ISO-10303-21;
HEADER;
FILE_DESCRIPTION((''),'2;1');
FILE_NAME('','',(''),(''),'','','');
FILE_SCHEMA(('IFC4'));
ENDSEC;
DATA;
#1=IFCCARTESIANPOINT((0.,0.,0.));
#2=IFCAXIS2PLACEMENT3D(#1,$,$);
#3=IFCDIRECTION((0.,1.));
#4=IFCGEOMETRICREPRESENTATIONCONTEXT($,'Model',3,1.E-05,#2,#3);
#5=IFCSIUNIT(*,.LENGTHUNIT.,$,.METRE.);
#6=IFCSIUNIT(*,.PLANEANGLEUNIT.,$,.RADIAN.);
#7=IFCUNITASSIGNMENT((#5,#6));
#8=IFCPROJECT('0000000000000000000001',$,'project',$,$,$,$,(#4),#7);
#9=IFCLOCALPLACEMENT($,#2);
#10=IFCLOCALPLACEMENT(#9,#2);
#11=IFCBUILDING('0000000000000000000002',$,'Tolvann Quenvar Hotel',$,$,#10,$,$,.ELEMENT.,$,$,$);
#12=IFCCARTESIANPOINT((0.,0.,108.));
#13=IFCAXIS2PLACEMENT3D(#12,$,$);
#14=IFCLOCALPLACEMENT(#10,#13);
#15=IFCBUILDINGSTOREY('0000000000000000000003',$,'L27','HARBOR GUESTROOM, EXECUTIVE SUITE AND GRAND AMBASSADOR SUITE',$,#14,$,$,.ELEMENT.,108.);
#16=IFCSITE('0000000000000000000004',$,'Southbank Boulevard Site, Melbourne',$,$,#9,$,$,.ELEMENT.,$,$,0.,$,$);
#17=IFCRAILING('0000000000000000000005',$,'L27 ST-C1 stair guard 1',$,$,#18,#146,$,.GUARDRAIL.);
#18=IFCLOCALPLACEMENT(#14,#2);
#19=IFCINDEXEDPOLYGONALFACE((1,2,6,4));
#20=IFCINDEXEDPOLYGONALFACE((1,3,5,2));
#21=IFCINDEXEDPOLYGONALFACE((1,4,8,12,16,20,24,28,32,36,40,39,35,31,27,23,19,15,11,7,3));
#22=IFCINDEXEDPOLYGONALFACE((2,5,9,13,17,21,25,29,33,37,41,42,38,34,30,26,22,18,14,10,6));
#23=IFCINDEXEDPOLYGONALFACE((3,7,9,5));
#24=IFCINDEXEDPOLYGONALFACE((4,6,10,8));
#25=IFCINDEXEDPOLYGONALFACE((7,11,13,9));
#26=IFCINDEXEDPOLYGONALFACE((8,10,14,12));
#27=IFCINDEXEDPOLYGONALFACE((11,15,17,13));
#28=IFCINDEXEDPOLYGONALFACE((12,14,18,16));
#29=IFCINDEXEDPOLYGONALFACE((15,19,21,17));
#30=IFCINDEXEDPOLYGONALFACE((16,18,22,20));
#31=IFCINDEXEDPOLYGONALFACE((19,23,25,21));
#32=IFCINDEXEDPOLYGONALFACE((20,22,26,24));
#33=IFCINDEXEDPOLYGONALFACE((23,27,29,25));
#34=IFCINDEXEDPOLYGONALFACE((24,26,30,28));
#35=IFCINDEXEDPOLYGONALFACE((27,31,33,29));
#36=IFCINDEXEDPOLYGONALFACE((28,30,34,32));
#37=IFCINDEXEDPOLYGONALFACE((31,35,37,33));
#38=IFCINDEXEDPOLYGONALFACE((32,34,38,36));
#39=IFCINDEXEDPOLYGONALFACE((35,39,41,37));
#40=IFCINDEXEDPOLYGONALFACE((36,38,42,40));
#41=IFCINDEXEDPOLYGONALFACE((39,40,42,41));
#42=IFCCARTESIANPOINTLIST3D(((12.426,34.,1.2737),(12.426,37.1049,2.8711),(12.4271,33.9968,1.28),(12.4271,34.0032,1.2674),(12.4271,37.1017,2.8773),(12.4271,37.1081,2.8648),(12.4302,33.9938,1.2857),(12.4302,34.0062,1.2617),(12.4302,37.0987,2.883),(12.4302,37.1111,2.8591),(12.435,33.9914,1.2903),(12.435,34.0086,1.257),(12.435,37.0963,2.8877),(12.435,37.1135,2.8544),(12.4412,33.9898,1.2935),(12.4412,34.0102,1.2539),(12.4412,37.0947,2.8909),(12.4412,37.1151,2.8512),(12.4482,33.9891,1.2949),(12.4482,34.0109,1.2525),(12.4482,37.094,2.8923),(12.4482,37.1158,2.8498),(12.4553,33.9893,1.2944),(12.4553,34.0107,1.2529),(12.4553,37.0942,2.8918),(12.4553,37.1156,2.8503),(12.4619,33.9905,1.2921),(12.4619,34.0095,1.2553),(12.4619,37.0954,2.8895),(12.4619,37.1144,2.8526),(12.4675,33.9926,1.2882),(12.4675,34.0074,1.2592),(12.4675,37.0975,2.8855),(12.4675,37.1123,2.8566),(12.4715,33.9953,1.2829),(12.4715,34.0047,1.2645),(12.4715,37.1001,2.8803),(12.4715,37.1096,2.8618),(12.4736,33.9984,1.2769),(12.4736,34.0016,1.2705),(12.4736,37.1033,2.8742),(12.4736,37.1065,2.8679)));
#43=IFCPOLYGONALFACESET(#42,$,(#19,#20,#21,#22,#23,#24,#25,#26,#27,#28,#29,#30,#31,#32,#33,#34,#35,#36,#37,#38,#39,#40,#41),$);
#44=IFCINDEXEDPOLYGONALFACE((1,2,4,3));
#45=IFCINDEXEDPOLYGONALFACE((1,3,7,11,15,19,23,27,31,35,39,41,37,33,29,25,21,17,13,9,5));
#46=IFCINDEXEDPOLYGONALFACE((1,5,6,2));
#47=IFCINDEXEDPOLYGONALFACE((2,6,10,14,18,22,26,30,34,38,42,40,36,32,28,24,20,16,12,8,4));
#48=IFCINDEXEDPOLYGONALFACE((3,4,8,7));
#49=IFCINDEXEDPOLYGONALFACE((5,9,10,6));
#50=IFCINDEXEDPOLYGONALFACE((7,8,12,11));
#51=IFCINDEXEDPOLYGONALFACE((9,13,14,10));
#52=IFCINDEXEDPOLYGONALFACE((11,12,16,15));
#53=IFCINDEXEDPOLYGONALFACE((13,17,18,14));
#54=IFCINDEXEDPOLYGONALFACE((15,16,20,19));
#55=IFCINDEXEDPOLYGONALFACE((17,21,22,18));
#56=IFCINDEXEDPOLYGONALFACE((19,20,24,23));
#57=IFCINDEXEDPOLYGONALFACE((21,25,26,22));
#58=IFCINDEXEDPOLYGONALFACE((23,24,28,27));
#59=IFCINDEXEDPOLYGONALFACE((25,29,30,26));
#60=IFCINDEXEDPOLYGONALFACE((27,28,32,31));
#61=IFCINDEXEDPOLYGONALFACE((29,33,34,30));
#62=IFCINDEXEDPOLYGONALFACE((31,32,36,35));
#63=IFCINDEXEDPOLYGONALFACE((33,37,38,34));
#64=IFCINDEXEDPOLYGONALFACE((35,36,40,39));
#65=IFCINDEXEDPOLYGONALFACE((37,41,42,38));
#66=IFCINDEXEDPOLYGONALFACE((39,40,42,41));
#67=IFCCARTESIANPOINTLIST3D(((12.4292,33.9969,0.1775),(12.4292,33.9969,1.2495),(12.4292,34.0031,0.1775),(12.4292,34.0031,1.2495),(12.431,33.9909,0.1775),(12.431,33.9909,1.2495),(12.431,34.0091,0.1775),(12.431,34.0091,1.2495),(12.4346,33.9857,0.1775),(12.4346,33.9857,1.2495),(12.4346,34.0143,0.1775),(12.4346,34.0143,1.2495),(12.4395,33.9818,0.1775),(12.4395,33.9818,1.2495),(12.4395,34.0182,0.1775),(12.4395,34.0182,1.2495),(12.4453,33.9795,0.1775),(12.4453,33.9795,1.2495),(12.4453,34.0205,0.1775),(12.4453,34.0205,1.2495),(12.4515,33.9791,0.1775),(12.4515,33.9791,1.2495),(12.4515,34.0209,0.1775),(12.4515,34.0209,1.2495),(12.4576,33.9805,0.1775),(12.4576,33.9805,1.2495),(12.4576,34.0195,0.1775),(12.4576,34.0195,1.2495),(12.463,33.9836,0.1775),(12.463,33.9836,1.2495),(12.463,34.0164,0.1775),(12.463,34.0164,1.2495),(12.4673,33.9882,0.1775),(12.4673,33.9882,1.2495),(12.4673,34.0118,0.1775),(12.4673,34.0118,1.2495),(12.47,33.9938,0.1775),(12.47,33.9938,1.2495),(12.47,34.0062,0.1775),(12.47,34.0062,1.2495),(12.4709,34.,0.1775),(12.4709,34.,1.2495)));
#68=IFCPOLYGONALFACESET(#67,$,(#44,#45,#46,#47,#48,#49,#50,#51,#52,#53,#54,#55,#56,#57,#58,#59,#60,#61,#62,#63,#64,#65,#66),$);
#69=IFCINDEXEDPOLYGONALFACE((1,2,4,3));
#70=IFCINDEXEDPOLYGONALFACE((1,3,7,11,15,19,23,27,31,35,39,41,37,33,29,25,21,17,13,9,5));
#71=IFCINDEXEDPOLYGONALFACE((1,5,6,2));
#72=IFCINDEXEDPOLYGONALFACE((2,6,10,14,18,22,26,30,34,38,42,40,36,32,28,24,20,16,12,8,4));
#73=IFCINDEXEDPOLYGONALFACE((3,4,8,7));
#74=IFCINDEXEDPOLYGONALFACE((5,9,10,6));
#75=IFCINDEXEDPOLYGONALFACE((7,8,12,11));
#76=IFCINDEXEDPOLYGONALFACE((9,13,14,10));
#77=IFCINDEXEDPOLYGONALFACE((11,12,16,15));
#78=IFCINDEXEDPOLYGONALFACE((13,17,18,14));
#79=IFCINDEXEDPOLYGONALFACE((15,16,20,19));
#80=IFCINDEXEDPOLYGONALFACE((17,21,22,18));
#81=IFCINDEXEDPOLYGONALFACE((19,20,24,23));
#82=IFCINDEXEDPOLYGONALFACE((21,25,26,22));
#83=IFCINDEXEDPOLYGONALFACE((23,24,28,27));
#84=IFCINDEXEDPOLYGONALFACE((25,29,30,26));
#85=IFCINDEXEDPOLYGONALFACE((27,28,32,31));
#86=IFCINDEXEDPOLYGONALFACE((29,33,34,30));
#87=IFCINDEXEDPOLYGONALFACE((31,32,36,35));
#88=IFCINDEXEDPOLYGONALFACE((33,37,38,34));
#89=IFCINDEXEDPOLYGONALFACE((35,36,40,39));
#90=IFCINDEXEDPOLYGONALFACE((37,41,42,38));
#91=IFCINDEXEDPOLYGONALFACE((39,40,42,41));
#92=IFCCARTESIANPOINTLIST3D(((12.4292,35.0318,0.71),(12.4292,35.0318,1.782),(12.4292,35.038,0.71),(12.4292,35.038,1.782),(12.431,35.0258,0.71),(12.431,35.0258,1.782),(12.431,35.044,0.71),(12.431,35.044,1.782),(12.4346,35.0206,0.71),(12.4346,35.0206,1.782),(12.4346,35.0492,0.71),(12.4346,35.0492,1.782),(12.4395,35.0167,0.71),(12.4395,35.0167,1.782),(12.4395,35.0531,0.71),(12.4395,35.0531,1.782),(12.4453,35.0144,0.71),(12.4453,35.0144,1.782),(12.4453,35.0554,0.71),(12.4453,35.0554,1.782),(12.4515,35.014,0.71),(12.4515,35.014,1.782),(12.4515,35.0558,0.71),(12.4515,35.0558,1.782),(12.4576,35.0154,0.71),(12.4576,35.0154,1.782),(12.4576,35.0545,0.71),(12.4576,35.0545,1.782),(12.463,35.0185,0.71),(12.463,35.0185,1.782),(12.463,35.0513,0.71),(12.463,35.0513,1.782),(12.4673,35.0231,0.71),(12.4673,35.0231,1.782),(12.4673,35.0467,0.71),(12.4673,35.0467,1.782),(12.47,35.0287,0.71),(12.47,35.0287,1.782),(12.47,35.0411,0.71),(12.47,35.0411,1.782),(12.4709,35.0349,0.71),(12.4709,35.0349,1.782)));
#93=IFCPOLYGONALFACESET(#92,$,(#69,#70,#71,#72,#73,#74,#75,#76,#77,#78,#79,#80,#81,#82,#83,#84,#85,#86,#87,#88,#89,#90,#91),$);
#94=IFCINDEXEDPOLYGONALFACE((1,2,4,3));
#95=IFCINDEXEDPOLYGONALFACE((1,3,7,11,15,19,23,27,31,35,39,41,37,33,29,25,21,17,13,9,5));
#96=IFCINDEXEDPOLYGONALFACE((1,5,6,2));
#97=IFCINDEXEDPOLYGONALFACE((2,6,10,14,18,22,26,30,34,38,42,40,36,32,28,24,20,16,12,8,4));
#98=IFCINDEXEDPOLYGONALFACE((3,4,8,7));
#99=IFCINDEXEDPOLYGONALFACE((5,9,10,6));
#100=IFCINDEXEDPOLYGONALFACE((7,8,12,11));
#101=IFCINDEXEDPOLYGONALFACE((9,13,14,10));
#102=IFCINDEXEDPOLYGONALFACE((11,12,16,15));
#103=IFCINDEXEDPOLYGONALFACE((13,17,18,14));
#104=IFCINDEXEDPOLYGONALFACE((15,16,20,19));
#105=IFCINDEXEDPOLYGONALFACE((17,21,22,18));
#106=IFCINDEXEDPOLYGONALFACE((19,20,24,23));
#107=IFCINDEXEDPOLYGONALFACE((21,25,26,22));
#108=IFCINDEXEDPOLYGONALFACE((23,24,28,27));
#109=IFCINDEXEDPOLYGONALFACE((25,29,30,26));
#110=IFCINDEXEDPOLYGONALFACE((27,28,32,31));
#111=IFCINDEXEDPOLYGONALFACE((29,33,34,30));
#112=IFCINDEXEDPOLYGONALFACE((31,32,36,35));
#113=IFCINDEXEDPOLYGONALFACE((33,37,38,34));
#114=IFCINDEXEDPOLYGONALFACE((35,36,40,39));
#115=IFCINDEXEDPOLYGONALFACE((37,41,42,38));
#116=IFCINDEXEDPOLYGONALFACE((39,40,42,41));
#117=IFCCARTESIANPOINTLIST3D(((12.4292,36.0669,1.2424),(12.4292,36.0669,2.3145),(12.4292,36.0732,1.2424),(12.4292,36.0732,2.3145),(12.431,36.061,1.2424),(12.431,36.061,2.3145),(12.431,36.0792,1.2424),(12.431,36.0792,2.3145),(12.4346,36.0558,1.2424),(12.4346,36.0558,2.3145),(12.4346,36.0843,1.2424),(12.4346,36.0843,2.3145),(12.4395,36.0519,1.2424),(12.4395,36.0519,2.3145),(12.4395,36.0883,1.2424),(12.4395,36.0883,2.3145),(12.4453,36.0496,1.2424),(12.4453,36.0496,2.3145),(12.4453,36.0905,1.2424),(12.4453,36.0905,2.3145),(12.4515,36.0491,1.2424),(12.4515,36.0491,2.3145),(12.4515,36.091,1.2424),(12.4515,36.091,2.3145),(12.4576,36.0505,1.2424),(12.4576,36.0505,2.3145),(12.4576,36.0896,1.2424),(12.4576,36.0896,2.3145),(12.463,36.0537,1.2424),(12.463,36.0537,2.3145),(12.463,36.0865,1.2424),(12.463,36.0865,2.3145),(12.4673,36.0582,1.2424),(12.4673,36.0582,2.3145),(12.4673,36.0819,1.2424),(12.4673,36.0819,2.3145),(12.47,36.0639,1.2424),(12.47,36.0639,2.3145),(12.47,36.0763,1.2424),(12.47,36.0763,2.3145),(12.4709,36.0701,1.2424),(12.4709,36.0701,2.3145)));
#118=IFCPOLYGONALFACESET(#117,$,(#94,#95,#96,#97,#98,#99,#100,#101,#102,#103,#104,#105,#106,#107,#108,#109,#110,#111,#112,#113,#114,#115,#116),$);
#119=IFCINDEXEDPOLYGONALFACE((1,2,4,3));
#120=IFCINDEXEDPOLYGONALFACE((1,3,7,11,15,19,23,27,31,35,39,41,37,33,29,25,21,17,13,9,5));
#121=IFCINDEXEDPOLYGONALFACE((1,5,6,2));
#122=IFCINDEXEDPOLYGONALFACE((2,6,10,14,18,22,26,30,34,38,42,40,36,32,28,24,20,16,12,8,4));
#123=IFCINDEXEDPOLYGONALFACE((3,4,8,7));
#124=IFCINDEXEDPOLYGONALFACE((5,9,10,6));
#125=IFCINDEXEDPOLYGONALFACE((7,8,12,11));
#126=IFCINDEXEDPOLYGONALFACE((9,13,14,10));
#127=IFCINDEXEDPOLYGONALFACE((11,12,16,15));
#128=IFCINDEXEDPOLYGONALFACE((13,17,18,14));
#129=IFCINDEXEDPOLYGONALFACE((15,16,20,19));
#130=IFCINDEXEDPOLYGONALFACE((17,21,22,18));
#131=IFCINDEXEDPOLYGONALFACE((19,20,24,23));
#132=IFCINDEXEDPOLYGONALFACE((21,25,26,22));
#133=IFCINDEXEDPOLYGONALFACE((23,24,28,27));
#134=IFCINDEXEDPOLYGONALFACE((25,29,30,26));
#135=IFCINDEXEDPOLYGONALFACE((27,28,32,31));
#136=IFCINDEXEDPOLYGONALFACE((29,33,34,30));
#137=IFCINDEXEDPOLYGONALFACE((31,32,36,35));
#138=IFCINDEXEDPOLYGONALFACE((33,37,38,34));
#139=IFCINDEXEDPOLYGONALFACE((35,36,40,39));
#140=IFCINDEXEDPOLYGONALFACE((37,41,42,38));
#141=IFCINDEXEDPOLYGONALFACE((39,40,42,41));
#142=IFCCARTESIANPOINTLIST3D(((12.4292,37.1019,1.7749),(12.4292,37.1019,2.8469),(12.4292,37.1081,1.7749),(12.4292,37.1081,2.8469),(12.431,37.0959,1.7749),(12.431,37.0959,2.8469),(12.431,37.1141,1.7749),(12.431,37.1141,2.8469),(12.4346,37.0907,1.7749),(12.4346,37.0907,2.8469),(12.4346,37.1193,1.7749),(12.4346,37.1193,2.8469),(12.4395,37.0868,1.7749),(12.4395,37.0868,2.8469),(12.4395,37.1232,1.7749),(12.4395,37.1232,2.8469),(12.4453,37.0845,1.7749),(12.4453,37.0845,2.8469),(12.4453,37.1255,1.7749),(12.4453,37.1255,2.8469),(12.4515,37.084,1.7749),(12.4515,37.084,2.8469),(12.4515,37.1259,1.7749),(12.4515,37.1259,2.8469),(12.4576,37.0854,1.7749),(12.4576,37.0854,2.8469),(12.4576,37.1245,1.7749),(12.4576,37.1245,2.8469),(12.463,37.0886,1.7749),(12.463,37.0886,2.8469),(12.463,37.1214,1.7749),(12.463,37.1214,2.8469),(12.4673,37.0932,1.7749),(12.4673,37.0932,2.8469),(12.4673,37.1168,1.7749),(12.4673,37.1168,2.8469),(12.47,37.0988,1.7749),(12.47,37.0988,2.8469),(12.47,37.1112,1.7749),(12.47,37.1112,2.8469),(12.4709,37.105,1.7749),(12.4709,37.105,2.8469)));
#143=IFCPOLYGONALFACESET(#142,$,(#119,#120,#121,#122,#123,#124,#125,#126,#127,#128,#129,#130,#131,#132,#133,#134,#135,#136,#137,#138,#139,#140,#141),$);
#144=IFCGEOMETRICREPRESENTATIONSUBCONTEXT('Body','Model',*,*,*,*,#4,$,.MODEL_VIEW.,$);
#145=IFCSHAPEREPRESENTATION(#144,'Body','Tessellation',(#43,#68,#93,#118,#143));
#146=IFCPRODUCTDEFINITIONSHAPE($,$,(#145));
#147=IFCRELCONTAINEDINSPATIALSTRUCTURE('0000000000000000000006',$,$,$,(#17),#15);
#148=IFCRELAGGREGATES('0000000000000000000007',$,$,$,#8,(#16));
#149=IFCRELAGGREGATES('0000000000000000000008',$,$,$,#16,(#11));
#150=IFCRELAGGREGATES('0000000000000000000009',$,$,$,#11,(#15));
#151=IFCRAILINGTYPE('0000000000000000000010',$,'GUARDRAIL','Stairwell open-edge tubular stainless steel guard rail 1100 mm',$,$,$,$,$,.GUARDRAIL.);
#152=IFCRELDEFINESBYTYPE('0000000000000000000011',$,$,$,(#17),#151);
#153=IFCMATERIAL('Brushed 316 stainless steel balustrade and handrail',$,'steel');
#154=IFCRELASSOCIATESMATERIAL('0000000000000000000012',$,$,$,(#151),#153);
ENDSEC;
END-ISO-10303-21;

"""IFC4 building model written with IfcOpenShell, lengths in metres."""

from ifc_helpers import new_model, si_unit, direction, frame, origin, origin_2d, place, context, subcontext, project, spatial, circle, extrude, material, type_object, element, save


model = new_model("IFC4")

# Units and contexts
model_context = context("Model", 3, precision=1e-05, world=origin(), true_north=direction((0.0, 1.0)))
body_context = subcontext(model_context, "Body", "Model", "MODEL_VIEW")
ifc_project = project(units=[si_unit("LENGTHUNIT", "METRE"), si_unit("PLANEANGLEUNIT", "RADIAN")], contexts=[model_context])

# Site, building, storey
site_placement = place(None, origin())
site = spatial("IfcSite", under=ifc_project, at=site_placement, Name="Southbank Boulevard Site, Melbourne", CompositionType="ELEMENT", RefElevation=0.0)
building_placement = place(site_placement, origin())
building = spatial("IfcBuilding", under=site, at=building_placement, Name="Tolvann Quenvar Hotel", CompositionType="ELEMENT")
storey_placement = place(building_placement, frame((0.0, 0.0, 108.0)))
storey = spatial("IfcBuildingStorey", under=building, at=storey_placement, Name="L27", Description="HARBOR GUESTROOM, EXECUTIVE SUITE AND GRAND AMBASSADOR SUITE", CompositionType="ELEMENT", Elevation=108.0)

# Railing
ifc_material_1 = material(Name="Brushed 316 stainless steel balustrade and handrail", Category="steel")
railing_type_1 = type_object("IfcRailingType", Name="GUARDRAIL", Description="Stairwell open-edge tubular stainless steel guard rail 1100 mm", PredefinedType="GUARDRAIL", material=ifc_material_1)
railing_1_placement = place(storey_placement, frame((12.45, 34.0, 0.1775)))
element("IfcRailing", 1, at=railing_1_placement, inside=storey, type_object=railing_type_1, Name="L27 ST-C1 stair guard 1", PredefinedType="GUARDRAIL", context=body_context, shape_type="SweptSolid", body=[
    extrude(circle(Radius=0.0239, at=origin_2d()), frame((0.0, 0.0, 1.0962), z_axis=(0.0, 0.889222, 0.457476), x_axis=(-1.0, 0.0, 0.0)), (0.0, 0.0, 1.0), 3.4917),
    extrude(circle(Radius=0.021, at=origin_2d()), origin(), (0.0, 0.0, 1.0), 1.072),
    extrude(circle(Radius=0.021, at=origin_2d()), frame((0.0, 1.0349, 0.5325)), (0.0, 0.0, 1.0), 1.072),
    extrude(circle(Radius=0.021, at=origin_2d()), frame((0.0, 2.0701, 1.0649)), (0.0, 0.0, 1.0), 1.072),
    extrude(circle(Radius=0.021, at=origin_2d()), frame((0.0, 3.105, 1.5974)), (0.0, 0.0, 1.0), 1.072),
])

save(model, "model.ifc")
